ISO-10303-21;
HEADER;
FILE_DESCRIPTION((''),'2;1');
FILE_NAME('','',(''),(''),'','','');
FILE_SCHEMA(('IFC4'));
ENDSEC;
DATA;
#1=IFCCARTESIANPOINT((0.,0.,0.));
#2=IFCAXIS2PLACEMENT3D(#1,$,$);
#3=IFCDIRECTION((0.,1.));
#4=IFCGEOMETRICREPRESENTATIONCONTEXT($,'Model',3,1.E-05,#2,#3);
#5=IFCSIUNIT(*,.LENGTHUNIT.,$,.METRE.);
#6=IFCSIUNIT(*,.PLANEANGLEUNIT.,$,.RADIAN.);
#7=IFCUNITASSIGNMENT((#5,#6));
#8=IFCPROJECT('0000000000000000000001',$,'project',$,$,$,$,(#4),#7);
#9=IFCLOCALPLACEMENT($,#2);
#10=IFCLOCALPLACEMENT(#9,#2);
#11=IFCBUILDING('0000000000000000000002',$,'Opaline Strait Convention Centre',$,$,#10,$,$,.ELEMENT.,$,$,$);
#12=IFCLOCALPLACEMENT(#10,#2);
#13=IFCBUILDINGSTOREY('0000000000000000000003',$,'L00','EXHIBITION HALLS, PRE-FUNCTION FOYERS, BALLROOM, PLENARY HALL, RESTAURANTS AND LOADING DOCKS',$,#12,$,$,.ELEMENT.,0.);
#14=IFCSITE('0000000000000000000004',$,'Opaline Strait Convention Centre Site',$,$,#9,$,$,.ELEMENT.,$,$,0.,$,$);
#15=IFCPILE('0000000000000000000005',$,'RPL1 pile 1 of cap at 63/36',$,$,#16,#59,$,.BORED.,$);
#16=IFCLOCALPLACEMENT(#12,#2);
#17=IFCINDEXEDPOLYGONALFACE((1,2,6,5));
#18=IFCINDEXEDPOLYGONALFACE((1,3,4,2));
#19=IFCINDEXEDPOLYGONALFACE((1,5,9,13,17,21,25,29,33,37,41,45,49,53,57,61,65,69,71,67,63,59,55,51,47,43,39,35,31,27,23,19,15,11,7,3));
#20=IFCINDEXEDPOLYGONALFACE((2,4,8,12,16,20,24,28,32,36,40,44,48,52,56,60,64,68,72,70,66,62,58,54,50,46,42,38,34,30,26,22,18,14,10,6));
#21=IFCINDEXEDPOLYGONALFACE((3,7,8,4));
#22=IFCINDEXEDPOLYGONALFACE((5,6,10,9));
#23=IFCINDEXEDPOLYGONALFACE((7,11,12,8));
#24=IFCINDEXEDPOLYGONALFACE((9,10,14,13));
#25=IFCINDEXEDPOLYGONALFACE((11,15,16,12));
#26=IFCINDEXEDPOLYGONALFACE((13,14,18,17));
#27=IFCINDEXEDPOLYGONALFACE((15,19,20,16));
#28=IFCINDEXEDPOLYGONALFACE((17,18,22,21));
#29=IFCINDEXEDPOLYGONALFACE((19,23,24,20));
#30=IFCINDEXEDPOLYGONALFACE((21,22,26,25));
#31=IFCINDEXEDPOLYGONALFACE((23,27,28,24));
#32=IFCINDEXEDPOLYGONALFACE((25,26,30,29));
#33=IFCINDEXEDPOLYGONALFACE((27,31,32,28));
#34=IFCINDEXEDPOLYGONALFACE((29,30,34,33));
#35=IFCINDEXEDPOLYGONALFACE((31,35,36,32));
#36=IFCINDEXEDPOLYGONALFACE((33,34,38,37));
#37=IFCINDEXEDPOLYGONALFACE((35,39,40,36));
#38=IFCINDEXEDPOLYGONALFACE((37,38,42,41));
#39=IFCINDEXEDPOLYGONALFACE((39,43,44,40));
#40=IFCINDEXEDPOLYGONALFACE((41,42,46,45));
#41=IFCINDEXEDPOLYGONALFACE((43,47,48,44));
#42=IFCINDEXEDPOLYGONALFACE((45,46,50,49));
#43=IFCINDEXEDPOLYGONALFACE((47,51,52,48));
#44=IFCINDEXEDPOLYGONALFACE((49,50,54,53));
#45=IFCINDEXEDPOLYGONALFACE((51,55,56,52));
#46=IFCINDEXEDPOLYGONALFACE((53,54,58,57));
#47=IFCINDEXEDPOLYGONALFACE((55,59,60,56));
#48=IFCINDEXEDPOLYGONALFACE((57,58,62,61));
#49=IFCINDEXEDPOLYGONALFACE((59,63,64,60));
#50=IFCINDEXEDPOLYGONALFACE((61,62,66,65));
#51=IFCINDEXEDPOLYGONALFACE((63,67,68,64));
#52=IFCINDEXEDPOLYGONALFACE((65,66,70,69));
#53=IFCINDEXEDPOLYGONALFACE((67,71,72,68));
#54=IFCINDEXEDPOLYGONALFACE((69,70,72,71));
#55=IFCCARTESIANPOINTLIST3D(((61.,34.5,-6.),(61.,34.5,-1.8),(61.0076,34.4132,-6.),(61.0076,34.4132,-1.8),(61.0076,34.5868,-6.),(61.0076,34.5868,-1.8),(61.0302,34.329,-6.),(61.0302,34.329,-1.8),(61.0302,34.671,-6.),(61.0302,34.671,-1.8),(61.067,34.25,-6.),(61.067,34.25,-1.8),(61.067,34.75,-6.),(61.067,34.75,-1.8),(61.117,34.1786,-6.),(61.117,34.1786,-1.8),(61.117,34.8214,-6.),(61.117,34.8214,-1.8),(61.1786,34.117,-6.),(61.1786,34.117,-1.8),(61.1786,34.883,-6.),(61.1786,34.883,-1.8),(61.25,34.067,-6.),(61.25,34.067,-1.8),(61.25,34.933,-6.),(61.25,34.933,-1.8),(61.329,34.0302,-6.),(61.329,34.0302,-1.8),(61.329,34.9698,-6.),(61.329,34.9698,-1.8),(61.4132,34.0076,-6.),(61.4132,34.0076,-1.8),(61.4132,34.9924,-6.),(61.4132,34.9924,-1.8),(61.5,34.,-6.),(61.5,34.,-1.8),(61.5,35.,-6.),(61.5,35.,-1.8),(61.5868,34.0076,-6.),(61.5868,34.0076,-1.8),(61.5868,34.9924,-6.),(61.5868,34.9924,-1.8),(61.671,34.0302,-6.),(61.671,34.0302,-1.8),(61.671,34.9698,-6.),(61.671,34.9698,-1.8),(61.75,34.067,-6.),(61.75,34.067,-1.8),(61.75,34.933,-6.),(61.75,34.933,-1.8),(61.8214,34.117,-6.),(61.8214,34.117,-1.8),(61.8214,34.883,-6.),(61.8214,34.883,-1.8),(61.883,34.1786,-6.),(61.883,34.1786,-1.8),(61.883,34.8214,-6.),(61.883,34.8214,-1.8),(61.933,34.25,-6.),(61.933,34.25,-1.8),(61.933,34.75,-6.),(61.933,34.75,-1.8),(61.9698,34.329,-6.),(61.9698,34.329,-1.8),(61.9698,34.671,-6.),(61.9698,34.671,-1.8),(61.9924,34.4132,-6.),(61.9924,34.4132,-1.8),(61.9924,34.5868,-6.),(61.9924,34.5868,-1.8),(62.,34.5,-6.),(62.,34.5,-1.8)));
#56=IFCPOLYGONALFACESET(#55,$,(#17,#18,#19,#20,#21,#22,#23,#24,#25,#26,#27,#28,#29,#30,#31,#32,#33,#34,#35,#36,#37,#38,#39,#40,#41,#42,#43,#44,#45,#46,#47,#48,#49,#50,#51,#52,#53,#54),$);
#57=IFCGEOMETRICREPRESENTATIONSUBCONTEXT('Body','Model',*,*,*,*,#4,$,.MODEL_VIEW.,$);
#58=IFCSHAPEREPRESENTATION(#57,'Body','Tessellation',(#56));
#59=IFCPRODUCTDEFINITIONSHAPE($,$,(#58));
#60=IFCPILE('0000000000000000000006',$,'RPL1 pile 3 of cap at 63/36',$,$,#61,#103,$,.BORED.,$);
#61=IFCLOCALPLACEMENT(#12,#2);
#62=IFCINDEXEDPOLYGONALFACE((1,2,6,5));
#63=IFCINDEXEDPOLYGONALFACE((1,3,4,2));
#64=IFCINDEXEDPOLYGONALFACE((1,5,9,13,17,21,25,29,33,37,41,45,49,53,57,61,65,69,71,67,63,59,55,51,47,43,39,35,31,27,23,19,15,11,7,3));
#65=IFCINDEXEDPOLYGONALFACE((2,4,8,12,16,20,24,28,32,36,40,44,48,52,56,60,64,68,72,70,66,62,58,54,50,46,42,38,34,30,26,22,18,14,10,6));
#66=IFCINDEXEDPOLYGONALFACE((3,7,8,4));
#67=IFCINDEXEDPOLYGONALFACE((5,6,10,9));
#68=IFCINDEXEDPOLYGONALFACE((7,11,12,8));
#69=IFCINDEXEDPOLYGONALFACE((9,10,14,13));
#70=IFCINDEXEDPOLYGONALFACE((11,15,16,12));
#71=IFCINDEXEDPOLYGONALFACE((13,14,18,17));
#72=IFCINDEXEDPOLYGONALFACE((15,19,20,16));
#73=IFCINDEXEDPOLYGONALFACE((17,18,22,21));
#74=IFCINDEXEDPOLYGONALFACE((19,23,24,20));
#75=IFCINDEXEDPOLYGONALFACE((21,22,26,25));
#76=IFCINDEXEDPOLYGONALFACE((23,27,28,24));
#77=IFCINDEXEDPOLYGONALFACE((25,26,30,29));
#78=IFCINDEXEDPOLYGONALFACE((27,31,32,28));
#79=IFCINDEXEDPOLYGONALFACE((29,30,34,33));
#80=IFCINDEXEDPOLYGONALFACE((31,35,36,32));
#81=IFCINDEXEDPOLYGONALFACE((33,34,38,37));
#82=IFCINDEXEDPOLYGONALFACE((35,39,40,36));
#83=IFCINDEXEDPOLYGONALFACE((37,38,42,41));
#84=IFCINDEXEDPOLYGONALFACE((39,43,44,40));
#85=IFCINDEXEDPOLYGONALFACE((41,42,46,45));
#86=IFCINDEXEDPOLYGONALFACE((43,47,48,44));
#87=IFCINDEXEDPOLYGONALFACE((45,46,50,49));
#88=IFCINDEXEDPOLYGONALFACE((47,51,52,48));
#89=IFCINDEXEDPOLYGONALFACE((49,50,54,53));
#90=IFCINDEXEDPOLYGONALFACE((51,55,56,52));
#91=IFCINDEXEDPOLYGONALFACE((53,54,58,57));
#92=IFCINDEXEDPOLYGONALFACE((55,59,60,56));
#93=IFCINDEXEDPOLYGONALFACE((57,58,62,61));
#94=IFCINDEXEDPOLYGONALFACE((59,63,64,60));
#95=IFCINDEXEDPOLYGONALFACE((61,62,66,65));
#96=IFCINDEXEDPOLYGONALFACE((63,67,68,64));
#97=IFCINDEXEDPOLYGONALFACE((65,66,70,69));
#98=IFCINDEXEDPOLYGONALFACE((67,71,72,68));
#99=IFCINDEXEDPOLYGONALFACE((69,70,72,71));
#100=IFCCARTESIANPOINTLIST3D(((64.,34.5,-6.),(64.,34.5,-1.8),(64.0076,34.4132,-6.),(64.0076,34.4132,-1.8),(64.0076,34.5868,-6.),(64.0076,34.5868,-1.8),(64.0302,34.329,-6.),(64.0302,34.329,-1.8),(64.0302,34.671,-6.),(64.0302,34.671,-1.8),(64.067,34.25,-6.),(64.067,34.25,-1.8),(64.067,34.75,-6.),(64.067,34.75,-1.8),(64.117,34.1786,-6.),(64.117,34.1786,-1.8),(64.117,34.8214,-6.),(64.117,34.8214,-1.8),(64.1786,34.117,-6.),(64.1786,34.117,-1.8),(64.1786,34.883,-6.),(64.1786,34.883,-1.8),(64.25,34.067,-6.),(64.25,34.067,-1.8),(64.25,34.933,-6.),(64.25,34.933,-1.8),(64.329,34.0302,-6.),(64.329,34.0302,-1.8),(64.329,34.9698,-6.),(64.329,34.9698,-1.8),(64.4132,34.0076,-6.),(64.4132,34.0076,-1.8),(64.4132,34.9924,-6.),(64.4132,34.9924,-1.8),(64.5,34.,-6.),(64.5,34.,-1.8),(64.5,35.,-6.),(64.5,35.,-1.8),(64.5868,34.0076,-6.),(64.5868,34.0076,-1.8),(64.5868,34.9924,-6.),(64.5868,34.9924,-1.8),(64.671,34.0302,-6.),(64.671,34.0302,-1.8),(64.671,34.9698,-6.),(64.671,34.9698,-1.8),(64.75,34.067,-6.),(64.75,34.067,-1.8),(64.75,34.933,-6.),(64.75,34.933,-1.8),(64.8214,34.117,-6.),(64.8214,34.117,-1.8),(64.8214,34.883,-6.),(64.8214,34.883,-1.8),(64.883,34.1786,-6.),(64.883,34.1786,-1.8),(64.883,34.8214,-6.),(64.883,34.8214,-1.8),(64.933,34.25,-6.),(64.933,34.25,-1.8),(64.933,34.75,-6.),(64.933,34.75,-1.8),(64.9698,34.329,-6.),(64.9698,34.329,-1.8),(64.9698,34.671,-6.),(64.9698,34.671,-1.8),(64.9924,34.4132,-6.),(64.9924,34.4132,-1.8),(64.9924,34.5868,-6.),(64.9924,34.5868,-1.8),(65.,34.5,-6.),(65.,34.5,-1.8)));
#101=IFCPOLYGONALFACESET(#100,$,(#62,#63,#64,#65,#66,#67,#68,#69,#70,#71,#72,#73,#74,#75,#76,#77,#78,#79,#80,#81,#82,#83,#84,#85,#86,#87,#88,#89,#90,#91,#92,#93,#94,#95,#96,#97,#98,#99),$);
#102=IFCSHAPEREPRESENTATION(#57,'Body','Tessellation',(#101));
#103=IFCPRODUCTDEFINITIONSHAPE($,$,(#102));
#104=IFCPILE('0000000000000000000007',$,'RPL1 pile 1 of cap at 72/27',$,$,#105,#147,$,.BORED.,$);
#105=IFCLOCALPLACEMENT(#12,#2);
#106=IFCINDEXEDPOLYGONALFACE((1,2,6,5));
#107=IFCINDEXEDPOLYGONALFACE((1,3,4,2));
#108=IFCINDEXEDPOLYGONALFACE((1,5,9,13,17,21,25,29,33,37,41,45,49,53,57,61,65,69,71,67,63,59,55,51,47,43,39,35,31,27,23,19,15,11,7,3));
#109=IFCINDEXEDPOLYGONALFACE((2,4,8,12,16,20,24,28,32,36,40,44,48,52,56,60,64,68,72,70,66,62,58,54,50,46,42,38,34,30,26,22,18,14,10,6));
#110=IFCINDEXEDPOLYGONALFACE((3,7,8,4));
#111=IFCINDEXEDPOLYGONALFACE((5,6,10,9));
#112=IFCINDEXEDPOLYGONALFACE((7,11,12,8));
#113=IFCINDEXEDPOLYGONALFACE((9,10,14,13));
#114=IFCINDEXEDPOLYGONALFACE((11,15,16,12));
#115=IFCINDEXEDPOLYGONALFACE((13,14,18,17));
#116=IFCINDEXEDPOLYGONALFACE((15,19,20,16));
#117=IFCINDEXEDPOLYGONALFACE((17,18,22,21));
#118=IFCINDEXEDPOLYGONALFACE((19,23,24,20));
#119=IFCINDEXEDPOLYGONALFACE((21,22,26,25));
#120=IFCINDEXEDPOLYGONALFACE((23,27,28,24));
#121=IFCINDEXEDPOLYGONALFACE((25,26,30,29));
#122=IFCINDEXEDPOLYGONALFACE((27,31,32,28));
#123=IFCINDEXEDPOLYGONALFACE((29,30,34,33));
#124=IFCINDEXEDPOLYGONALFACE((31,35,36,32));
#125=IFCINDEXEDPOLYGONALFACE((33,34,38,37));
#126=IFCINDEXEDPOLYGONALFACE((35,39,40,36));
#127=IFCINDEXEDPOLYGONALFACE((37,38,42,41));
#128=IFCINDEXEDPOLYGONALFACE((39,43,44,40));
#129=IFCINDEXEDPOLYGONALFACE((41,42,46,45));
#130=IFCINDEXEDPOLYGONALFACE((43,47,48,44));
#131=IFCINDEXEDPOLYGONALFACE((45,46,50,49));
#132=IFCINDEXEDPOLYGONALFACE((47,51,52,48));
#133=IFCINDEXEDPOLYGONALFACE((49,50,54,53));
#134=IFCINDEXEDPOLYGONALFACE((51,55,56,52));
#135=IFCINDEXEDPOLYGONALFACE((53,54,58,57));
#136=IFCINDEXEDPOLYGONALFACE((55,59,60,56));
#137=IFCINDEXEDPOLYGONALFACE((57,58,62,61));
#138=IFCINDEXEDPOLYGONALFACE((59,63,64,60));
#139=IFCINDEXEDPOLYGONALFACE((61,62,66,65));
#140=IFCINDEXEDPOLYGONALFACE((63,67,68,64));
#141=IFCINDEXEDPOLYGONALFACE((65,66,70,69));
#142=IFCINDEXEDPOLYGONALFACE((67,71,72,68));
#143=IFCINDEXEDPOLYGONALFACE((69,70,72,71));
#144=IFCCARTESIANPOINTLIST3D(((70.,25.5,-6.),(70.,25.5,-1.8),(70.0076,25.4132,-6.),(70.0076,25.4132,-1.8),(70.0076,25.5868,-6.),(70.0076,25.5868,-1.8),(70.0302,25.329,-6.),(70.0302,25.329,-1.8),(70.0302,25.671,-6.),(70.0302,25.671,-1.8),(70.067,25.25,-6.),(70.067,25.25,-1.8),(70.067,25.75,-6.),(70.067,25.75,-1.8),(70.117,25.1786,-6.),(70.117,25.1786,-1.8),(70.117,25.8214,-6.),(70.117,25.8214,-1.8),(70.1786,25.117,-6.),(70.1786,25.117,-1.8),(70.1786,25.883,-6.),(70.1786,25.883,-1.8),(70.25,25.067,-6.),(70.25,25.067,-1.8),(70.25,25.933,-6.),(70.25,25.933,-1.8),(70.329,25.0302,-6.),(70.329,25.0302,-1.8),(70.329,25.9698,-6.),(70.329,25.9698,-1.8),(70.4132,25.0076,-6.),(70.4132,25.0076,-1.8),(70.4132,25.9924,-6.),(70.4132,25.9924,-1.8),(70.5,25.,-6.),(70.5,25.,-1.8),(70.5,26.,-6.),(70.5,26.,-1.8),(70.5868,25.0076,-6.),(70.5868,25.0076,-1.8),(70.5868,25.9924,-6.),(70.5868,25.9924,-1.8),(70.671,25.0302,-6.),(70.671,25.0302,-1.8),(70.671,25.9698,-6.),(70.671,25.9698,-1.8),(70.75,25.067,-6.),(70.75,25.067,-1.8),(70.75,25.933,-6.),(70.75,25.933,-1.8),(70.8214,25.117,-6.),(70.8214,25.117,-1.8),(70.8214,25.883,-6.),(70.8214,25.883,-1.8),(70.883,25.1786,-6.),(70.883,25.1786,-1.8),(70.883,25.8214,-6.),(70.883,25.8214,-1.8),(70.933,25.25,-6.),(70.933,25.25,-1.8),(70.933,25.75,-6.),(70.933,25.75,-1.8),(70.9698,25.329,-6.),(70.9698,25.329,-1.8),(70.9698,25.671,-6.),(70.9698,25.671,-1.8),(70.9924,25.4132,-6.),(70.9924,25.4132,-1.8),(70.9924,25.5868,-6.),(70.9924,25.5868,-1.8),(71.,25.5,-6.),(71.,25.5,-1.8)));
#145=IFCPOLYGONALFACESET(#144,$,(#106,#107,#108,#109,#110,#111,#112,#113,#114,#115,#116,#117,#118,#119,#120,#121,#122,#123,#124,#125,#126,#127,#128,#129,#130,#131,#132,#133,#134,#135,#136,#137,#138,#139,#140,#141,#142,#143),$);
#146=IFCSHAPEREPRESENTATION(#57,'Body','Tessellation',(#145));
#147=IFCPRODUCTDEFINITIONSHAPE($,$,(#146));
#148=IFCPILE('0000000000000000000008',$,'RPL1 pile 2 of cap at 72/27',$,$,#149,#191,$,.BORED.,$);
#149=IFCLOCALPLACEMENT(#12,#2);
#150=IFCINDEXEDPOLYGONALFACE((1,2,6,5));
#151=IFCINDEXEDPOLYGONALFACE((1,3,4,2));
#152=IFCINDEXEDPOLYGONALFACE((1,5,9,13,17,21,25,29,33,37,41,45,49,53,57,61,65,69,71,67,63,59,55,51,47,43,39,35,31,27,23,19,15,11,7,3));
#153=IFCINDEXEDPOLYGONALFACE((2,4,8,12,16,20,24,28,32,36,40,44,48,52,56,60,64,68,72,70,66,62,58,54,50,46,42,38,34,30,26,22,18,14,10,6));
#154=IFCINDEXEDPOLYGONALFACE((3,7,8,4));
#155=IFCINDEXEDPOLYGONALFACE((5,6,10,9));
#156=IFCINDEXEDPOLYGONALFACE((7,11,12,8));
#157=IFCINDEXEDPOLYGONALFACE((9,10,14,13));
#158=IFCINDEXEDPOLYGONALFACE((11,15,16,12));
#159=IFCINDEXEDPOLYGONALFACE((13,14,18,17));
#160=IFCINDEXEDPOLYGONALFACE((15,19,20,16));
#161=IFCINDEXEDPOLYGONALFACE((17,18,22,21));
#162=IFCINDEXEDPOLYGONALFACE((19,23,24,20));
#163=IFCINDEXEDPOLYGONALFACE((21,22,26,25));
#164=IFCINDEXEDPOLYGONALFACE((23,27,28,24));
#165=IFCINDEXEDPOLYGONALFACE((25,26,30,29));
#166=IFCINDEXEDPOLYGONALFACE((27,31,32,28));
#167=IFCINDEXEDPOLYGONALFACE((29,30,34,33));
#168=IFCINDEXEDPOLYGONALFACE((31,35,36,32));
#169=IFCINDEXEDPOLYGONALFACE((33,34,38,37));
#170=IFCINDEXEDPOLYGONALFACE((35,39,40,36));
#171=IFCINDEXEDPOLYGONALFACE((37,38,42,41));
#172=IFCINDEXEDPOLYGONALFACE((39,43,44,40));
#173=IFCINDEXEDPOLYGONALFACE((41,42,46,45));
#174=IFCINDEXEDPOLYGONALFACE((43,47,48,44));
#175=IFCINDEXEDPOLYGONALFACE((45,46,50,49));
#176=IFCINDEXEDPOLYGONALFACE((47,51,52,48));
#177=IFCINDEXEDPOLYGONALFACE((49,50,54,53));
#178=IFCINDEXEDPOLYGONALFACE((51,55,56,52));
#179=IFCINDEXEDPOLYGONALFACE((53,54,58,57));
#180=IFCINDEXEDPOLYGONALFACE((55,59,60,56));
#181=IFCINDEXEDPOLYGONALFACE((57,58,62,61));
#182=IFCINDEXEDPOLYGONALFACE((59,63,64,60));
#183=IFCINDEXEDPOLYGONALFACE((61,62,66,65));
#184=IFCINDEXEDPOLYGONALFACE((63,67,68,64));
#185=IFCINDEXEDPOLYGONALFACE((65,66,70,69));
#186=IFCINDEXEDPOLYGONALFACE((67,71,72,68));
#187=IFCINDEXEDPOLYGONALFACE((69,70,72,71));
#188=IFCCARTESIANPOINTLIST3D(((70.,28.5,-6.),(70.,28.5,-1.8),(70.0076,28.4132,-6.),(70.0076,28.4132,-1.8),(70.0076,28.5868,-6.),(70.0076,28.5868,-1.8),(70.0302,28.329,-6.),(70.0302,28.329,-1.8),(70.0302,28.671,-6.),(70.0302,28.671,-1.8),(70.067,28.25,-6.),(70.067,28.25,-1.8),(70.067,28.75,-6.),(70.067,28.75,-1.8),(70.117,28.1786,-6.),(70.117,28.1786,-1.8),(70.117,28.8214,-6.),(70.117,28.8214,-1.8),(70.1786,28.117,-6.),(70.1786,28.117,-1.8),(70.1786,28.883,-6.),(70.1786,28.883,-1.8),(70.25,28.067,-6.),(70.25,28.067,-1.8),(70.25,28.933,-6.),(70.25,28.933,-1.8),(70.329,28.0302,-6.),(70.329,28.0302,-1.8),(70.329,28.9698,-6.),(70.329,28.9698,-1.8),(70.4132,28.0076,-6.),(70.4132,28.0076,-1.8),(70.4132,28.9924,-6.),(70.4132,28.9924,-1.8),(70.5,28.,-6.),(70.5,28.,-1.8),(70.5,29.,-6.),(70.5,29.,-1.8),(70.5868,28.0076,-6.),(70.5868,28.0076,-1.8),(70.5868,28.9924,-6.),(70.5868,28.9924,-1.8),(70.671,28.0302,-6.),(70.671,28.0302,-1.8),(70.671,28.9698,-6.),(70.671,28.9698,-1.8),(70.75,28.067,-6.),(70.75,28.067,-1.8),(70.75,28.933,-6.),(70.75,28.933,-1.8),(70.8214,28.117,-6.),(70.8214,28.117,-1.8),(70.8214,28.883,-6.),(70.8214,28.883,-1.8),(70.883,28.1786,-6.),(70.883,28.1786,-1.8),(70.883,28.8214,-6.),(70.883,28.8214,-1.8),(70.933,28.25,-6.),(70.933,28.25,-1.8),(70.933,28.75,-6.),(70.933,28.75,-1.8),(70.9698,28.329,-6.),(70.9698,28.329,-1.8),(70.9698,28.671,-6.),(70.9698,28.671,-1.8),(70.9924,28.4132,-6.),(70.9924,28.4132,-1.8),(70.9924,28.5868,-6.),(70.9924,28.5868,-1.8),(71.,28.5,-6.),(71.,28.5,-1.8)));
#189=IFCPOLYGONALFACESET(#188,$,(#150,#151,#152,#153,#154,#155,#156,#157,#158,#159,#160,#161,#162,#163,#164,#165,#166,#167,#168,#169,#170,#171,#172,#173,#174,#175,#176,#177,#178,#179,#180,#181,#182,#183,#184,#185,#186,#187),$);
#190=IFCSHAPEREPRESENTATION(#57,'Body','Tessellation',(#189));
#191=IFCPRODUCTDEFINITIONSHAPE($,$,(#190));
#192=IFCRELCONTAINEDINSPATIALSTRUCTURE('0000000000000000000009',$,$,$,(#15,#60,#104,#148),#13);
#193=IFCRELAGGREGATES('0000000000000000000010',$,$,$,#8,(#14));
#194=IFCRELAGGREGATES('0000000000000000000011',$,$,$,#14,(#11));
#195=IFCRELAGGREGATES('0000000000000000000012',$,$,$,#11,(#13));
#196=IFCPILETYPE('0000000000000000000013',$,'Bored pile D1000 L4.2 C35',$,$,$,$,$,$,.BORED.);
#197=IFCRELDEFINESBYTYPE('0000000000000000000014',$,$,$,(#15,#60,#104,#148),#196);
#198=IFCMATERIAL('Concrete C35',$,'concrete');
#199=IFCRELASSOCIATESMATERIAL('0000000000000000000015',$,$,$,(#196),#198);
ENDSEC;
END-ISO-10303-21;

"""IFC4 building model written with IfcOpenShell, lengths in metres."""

from ifc_helpers import new_model, si_unit, direction, frame, origin, origin_2d, place, context, subcontext, project, spatial, circle, extrude, material, material_profile, profile_set, type_object, element, save


model = new_model("IFC4")

# Units and contexts
model_context = context("Model", 3, precision=1e-05, world=origin(), true_north=direction((0.0, 1.0)))
body_context = subcontext(model_context, "Body", "Model", "MODEL_VIEW")
ifc_project = project(units=[si_unit("LENGTHUNIT", "METRE"), si_unit("PLANEANGLEUNIT", "RADIAN")], contexts=[model_context])

# Site, building, storey
site_placement = place(None, origin())
site = spatial("IfcSite", under=ifc_project, at=site_placement, Name="Opaline Strait Convention Centre Site", CompositionType="ELEMENT", RefElevation=0.0)
building_placement = place(site_placement, origin())
building = spatial("IfcBuilding", under=site, at=building_placement, Name="Opaline Strait Convention Centre", CompositionType="ELEMENT")
storey_placement = place(building_placement, origin())
storey = spatial("IfcBuildingStorey", under=building, at=storey_placement, Name="L00", Description="EXHIBITION HALLS, PRE-FUNCTION FOYERS, BALLROOM, PLENARY HALL, RESTAURANTS AND LOADING DOCKS", CompositionType="ELEMENT", Elevation=0.0)

# Piles
ifc_material_1 = material(Name="Concrete C35", Category="concrete")
ifc_material_profile_1 = material_profile(ifc_material_1, circle(Radius=0.5, at=origin_2d()), Name="D1000")
ifc_profile_set_1 = profile_set([ifc_material_profile_1], Name="Concrete C35")
pile_type = type_object("IfcPileType", Name="Bored pile D1000 L4.2 C35", PredefinedType="BORED", material=ifc_profile_set_1)
for number, where, z_axis, x_axis, name in (
    (1, (61.5, 34.5, -1.8), (0.0, 0.0, -1.0), (1.0, 0.0, 0.0), "RPL1 pile 1 of cap at 63/36"),
    (2, (64.5, 34.5, -1.8), (0.0, 0.0, -1.0), (1.0, 0.0, 0.0), "RPL1 pile 3 of cap at 63/36"),
    (3, (70.5, 25.5, -1.8), (0.0, 0.0, -1.0), (1.0, 0.0, 0.0), "RPL1 pile 1 of cap at 72/27"),
    (4, (70.5, 28.5, -1.8), (0.0, 0.0, -1.0), (1.0, 0.0, 0.0), "RPL1 pile 2 of cap at 72/27"),
):
    element("IfcPile", number, at=place(storey_placement, frame(where, z_axis=z_axis, x_axis=x_axis)), inside=storey, type_object=pile_type, Name=name, PredefinedType="BORED", context=body_context, shape_type="SweptSolid", body=[
        extrude(circle(Radius=0.5, at=origin_2d()), origin(), (0.0, 0.0, 1.0), 4.2),
    ])

save(model, "model.ifc")
